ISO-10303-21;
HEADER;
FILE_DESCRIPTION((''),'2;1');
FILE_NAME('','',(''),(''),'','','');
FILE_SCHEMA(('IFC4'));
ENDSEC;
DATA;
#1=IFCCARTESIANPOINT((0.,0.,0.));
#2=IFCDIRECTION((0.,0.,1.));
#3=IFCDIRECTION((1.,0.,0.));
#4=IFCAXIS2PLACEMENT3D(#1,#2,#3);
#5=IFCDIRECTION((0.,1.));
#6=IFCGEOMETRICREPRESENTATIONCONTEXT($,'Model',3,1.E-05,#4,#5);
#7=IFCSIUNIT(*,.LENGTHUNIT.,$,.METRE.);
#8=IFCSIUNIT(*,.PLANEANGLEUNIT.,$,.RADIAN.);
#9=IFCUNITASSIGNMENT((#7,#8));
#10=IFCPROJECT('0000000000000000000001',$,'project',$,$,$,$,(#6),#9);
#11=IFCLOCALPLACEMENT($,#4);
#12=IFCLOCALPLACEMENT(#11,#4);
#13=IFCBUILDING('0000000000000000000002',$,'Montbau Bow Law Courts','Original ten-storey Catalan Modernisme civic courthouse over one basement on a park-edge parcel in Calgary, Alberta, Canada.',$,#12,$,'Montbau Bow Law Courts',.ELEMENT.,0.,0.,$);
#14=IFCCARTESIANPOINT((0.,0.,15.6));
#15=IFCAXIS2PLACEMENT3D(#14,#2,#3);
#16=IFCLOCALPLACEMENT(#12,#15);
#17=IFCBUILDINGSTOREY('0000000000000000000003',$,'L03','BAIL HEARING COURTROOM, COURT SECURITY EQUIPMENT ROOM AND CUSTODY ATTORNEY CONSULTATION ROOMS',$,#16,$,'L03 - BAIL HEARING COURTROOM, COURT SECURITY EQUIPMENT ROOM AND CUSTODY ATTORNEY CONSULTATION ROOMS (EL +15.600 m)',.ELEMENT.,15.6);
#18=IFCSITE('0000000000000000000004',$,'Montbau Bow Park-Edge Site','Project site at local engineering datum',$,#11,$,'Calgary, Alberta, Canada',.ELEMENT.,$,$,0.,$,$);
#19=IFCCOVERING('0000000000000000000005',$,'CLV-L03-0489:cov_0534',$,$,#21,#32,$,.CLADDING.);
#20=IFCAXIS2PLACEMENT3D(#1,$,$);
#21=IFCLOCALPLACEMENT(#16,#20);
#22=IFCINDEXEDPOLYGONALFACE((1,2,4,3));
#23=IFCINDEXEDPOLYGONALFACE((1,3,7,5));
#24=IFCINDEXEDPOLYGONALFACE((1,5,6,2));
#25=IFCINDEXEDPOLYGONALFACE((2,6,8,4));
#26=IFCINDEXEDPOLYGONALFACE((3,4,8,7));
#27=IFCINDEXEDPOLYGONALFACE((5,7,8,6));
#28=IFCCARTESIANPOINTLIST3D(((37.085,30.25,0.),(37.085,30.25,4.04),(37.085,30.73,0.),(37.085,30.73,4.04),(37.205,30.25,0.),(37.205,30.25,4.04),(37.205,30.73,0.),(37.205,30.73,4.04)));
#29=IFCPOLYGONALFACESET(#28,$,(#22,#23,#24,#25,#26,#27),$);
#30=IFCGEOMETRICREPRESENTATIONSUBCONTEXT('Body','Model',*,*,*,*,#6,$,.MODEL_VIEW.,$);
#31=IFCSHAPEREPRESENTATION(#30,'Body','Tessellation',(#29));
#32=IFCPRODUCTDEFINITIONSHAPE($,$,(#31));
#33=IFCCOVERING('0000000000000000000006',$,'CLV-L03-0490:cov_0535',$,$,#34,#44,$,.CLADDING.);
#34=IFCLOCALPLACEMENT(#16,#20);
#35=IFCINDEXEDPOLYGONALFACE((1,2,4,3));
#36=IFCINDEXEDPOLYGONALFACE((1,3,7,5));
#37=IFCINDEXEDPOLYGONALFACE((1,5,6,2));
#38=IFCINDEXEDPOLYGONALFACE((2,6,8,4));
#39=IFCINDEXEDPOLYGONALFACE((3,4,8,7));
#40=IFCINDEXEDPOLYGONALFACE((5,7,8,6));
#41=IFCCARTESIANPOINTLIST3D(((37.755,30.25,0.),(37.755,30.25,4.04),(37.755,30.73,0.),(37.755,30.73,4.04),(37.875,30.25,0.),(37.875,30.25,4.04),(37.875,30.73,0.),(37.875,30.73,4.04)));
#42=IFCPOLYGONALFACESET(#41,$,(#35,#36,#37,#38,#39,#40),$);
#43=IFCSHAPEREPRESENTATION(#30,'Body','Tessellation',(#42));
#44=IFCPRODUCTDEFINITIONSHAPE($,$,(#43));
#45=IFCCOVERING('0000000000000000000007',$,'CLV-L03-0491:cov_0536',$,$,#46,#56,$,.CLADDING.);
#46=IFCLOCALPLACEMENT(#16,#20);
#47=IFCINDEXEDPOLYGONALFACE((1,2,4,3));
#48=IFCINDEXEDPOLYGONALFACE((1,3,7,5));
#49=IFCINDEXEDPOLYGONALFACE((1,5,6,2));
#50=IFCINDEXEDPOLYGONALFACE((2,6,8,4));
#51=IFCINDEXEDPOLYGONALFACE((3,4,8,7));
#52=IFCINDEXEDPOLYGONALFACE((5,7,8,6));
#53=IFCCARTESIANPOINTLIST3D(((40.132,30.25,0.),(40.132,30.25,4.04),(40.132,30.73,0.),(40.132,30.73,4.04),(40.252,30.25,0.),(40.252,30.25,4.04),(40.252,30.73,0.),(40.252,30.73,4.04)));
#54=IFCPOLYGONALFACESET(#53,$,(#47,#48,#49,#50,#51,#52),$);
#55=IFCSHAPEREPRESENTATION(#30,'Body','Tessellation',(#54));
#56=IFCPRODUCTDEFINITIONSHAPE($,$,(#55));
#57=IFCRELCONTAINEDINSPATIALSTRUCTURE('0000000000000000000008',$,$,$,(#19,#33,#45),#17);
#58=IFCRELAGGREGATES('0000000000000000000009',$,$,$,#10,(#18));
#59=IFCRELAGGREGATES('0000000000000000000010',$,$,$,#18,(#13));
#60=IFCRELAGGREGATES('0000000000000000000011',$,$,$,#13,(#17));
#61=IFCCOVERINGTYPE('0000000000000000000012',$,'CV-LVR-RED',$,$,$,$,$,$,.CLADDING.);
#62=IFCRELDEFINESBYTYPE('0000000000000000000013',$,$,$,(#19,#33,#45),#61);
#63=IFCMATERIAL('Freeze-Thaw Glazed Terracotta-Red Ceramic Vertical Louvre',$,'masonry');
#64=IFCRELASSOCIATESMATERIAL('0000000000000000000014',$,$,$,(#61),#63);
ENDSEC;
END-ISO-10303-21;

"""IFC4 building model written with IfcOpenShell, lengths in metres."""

from ifc_helpers import new_model, si_unit, direction, frame, frame_2d, origin_with_axes, place, context, subcontext, project, spatial, rectangle, extrude, material, type_object, element, save


model = new_model("IFC4")

# Units and contexts
model_context = context("Model", 3, precision=1e-05, world=origin_with_axes(), true_north=direction((0.0, 1.0)))
body_context = subcontext(model_context, "Body", "Model", "MODEL_VIEW")
ifc_project = project(units=[si_unit("LENGTHUNIT", "METRE"), si_unit("PLANEANGLEUNIT", "RADIAN")], contexts=[model_context])

# Site, building, storey
site_placement = place(None, origin_with_axes())
site = spatial("IfcSite", under=ifc_project, at=site_placement, Name="Montbau Bow Park-Edge Site", Description="Project site at local engineering datum", LongName="Calgary, Alberta, Canada", CompositionType="ELEMENT", RefElevation=0.0)
building_placement = place(site_placement, origin_with_axes())
building = spatial("IfcBuilding", under=site, at=building_placement, Name="Montbau Bow Law Courts", Description="Original ten-storey Catalan Modernisme civic courthouse over one basement on a park-edge parcel in Calgary, Alberta, Canada.", LongName="Montbau Bow Law Courts", CompositionType="ELEMENT", ElevationOfRefHeight=0.0, ElevationOfTerrain=0.0)
storey_placement = place(building_placement, frame((0.0, 0.0, 15.6), z_axis=(0.0, 0.0, 1.0), x_axis=(1.0, 0.0, 0.0)))
storey = spatial("IfcBuildingStorey", under=building, at=storey_placement, Name="L03", Description="BAIL HEARING COURTROOM, COURT SECURITY EQUIPMENT ROOM AND CUSTODY ATTORNEY CONSULTATION ROOMS", LongName="L03 - BAIL HEARING COURTROOM, COURT SECURITY EQUIPMENT ROOM AND CUSTODY ATTORNEY CONSULTATION ROOMS (EL +15.600 m)", CompositionType="ELEMENT", Elevation=15.6)

# Coverings
ifc_material_1 = material(Name="Freeze-Thaw Glazed Terracotta-Red Ceramic Vertical Louvre", Category="masonry")
covering_type = type_object("IfcCoveringType", Name="CV-LVR-RED", PredefinedType="CLADDING", material=ifc_material_1)
for number, where, z_axis, x_axis, name in (
    (1, (37.145, 30.73, 15.6), (-1.0, 0.0, 0.0), (0.0, -1.0, 0.0), "CLV-L03-0489:cov_0534"),
    (2, (37.815, 30.73, 15.6), (-1.0, 0.0, 0.0), (0.0, -1.0, 0.0), "CLV-L03-0490:cov_0535"),
    (3, (40.192, 30.73, 15.6), (-1.0, 0.0, 0.0), (0.0, -1.0, 0.0), "CLV-L03-0491:cov_0536"),
):
    element("IfcCovering", number, at=place(None, frame(where, z_axis=z_axis, x_axis=x_axis)), inside=storey, type_object=covering_type, Name=name, PredefinedType="CLADDING", context=body_context, shape_type="SweptSolid", body=[
        extrude(rectangle(XDim=0.48, YDim=4.04, at=frame_2d((0.24, 2.02), x_axis=(1.0, 0.0))), frame((0.0, 0.0, -0.06), z_axis=(0.0, 0.0, 1.0), x_axis=(1.0, 0.0, 0.0)), (0.0, 0.0, 1.0), 0.12),
    ])

save(model, "model.ifc")
